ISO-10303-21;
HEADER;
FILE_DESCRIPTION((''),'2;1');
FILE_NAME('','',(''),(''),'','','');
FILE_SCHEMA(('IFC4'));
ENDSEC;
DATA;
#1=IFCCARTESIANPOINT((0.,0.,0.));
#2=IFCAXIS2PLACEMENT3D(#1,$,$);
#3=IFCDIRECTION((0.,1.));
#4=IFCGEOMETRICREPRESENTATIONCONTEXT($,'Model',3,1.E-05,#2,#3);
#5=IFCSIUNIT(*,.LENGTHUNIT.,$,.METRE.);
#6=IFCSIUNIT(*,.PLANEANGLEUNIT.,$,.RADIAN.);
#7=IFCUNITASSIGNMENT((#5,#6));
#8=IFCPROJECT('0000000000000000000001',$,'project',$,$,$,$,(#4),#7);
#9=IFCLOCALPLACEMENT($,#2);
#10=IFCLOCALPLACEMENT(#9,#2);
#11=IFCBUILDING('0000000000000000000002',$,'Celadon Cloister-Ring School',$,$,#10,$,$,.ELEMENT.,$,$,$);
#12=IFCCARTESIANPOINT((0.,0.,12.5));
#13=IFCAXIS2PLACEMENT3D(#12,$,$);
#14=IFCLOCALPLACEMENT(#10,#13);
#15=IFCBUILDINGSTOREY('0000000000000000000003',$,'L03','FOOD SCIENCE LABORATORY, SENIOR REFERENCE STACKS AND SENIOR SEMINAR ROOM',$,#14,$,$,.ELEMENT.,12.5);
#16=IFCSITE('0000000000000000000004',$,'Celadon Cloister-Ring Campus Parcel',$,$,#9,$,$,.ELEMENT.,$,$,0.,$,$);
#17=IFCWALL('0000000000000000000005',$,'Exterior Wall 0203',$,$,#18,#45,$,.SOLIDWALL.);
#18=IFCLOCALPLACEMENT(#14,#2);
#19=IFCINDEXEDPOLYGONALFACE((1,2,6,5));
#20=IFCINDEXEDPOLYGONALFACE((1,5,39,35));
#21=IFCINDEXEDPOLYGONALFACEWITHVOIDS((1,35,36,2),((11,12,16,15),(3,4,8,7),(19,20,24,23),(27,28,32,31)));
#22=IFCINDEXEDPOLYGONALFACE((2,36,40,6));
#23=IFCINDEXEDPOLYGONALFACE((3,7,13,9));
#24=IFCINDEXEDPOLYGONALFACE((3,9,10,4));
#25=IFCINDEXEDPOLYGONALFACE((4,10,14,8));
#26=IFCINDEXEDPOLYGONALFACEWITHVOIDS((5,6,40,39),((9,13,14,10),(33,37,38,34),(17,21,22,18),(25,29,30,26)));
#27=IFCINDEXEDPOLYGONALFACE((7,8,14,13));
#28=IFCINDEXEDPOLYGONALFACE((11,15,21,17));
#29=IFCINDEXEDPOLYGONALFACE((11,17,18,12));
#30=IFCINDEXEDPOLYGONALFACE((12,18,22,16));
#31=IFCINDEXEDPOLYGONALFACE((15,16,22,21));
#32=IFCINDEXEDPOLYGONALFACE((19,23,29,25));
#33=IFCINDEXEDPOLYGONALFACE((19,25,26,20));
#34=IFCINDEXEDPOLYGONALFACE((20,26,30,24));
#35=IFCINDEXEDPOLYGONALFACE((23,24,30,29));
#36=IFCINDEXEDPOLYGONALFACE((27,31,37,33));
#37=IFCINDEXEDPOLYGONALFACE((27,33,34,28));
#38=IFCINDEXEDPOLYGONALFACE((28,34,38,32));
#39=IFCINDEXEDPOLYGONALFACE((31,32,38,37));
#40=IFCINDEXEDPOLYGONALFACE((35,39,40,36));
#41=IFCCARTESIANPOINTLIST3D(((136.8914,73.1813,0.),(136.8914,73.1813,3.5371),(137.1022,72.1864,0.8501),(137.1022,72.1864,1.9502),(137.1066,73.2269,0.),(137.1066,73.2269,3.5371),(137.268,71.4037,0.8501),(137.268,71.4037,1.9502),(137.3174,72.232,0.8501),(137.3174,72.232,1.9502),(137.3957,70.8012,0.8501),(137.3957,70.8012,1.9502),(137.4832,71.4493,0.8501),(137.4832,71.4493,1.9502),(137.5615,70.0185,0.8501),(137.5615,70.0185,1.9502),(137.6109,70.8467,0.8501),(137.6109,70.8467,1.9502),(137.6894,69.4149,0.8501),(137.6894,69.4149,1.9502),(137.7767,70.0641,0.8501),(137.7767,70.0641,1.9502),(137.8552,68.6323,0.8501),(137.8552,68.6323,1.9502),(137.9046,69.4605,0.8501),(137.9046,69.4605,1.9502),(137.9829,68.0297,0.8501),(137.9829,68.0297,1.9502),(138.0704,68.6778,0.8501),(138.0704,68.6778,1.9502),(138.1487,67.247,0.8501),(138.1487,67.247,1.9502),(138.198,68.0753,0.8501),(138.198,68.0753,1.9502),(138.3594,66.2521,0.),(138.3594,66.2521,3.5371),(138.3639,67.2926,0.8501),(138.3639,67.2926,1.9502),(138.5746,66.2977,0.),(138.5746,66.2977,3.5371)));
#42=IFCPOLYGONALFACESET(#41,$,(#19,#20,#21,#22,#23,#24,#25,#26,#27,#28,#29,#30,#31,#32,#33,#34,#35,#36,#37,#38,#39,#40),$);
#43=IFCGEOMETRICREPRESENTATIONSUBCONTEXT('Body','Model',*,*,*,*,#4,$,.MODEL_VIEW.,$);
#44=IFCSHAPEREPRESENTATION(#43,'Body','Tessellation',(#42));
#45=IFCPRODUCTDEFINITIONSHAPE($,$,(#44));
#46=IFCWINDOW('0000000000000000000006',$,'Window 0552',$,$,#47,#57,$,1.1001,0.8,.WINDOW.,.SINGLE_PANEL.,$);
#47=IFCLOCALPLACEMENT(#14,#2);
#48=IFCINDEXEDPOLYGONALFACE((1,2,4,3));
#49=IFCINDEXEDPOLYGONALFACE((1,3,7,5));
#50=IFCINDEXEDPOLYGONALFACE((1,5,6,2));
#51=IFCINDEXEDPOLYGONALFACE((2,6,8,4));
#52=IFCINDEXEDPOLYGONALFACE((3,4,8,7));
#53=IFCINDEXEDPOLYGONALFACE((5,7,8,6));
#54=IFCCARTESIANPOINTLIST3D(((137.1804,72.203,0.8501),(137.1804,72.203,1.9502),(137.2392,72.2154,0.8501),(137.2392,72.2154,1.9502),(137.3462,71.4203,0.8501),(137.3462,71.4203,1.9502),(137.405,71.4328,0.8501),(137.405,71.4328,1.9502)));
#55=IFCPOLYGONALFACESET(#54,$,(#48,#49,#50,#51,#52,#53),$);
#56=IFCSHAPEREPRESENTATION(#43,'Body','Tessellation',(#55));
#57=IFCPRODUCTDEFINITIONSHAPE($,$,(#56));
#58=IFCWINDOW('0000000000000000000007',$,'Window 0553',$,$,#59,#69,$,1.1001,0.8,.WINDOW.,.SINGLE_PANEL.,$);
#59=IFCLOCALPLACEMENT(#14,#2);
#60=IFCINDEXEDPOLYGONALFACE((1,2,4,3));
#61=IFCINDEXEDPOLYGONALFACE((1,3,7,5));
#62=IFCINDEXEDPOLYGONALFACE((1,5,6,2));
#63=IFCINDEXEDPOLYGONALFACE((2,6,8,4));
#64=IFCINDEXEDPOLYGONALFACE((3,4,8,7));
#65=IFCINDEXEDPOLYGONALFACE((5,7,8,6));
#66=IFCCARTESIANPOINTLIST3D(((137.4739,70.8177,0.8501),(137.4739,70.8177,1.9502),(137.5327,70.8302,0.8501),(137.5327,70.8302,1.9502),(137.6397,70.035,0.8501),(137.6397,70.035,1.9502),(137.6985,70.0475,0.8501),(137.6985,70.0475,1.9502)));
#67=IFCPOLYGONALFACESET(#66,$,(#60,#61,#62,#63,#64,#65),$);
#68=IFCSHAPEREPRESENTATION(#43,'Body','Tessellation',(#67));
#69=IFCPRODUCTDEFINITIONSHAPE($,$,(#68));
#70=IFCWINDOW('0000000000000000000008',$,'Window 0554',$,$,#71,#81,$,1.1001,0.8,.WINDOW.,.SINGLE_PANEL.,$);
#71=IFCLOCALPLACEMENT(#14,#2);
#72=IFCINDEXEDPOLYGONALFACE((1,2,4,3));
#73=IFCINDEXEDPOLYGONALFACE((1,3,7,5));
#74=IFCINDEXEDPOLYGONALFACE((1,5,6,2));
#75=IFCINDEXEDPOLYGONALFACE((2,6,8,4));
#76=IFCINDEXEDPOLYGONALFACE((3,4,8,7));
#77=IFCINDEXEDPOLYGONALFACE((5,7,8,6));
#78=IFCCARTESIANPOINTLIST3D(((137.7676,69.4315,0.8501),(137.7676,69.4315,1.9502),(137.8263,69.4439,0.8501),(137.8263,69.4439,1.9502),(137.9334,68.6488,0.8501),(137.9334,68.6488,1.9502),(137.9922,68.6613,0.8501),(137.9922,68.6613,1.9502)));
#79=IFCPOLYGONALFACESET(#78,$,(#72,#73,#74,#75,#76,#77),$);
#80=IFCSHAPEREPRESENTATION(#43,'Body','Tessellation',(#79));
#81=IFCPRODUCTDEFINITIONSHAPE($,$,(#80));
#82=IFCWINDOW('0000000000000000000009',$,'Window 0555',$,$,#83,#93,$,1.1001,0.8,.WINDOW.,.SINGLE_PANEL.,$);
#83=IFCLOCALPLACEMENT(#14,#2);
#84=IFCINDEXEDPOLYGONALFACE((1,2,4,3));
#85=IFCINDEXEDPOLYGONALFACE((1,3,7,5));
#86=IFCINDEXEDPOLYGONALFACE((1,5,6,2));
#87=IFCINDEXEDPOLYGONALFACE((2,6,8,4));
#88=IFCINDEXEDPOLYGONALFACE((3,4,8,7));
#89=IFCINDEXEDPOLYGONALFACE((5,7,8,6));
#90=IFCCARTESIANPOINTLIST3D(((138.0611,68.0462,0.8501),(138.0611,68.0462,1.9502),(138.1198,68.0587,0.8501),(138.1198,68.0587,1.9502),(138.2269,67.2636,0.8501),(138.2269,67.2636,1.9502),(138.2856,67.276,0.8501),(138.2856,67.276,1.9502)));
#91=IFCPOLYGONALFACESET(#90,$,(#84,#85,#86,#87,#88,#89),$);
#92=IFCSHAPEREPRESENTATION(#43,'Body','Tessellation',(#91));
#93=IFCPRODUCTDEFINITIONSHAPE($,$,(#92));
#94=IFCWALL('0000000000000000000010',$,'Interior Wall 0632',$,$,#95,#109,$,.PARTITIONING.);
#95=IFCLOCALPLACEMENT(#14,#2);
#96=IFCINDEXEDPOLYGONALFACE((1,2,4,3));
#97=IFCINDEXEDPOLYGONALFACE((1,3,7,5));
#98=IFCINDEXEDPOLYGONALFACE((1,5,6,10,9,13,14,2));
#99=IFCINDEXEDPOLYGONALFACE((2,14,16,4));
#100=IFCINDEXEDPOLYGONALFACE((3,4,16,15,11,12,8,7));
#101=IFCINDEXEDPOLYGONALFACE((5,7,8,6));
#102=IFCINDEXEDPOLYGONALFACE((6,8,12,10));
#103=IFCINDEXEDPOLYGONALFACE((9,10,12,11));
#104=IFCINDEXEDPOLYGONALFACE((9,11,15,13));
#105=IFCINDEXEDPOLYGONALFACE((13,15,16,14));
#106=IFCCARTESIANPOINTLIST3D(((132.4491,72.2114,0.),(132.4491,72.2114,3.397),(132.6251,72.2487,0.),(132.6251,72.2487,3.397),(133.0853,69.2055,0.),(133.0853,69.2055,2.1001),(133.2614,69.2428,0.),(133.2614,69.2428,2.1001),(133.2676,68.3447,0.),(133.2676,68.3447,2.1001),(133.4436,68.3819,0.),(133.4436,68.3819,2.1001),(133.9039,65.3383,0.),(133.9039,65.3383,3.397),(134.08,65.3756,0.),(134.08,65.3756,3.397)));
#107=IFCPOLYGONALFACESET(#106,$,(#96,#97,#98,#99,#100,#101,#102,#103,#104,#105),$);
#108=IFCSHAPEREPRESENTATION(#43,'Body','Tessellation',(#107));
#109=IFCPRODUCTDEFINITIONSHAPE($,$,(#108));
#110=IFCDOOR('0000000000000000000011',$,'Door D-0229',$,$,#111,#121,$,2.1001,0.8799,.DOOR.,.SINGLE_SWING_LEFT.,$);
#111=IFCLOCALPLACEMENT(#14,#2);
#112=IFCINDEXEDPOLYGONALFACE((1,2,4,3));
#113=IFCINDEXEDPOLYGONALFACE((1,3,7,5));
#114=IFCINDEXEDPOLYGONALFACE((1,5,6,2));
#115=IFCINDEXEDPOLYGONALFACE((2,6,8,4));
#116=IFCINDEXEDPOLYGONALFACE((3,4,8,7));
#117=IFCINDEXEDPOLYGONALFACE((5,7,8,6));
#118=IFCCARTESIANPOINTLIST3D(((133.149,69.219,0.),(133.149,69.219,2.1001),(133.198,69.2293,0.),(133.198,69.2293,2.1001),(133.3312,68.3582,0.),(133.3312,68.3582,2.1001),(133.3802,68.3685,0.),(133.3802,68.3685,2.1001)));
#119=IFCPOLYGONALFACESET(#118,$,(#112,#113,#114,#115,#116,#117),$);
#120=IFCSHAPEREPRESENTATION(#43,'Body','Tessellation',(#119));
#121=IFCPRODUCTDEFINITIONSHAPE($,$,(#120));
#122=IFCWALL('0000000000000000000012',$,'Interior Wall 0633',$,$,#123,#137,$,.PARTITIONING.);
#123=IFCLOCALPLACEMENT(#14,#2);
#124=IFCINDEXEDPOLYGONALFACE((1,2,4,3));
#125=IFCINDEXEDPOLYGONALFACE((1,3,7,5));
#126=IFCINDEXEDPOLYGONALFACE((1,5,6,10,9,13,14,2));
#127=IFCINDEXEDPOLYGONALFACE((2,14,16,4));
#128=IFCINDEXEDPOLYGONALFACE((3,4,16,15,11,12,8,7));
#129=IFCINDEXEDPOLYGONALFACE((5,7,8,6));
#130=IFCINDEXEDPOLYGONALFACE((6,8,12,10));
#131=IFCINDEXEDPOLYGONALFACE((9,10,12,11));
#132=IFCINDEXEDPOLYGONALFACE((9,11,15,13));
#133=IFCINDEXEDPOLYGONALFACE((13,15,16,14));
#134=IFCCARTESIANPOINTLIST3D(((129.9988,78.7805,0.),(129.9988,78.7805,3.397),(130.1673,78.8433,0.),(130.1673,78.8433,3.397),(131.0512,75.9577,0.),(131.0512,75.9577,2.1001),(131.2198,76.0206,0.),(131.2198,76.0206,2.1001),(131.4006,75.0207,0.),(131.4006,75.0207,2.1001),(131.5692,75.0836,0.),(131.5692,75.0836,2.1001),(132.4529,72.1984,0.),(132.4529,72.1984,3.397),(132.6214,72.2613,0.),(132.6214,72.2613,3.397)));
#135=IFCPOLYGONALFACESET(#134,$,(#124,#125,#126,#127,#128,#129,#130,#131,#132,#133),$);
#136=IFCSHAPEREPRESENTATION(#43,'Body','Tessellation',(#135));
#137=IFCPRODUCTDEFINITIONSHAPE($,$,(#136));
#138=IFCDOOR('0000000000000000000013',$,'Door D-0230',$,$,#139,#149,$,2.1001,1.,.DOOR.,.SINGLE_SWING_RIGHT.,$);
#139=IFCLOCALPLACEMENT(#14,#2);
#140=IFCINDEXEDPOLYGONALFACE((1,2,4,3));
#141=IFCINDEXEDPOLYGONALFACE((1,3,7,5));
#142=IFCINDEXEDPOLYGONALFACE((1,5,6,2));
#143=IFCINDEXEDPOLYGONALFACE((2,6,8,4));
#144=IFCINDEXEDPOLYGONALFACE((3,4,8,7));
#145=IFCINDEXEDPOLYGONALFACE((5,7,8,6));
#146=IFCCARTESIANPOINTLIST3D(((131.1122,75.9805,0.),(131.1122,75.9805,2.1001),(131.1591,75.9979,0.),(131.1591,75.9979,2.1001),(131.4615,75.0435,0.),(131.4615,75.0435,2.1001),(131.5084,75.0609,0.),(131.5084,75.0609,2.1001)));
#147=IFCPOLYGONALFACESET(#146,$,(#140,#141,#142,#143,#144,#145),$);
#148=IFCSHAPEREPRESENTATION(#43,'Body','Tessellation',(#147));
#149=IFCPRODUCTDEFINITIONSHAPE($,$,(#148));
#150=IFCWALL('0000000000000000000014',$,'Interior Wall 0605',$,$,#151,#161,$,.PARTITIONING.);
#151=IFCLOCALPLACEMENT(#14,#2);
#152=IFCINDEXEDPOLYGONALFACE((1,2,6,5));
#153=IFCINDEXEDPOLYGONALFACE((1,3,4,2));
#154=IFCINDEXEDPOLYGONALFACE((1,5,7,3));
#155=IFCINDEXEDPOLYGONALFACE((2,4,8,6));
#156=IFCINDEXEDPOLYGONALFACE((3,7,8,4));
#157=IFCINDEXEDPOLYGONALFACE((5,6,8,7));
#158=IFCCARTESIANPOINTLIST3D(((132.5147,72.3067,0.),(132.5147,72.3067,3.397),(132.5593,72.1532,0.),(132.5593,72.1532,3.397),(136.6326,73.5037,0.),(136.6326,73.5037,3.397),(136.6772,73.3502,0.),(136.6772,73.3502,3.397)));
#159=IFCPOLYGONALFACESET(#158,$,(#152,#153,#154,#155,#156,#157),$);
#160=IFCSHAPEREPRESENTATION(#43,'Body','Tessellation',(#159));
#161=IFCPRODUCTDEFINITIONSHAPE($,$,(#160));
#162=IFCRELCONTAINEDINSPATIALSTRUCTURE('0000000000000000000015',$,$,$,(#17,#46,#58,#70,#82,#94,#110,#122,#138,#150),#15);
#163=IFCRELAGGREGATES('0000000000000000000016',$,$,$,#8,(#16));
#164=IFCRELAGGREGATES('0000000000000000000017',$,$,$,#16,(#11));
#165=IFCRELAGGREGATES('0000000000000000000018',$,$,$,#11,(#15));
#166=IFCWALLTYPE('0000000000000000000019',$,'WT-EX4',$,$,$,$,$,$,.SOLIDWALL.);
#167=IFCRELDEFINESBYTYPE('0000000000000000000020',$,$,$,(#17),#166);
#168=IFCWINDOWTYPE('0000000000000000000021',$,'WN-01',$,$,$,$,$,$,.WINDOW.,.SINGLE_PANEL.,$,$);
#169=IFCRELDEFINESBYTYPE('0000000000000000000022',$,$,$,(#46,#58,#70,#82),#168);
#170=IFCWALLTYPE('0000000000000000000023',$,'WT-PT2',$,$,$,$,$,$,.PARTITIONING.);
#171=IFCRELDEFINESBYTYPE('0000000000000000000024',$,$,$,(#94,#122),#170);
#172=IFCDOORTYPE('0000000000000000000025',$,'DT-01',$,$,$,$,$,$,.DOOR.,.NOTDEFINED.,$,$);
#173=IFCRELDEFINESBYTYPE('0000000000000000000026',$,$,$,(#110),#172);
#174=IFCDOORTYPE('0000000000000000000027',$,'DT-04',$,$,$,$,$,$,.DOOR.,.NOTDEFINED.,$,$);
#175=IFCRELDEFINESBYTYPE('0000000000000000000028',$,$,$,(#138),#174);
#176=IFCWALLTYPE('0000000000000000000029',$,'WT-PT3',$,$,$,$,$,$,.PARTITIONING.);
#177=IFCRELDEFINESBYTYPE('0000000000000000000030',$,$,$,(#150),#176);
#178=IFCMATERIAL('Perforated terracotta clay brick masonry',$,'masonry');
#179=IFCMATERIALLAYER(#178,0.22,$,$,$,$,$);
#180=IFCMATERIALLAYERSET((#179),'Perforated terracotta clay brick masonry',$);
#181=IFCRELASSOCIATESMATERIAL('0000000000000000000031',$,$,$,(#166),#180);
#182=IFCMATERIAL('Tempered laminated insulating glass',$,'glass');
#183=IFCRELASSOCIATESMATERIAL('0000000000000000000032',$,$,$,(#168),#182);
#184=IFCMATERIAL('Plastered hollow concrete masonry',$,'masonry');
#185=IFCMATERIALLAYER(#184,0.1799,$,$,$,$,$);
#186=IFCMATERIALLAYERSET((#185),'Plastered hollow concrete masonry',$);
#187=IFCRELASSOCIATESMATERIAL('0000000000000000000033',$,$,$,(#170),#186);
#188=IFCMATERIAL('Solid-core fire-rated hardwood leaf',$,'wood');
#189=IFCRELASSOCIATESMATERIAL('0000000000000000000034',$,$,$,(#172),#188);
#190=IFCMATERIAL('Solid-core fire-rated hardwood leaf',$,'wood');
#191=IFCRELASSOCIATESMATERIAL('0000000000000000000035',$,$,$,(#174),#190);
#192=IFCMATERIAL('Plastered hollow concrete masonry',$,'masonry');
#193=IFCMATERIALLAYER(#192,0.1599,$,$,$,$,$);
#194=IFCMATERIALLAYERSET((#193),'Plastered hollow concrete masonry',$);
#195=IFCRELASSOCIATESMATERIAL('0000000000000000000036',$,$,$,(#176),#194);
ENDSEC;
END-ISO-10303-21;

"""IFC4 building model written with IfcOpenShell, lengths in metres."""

from ifc_helpers import new_model, si_unit, direction, frame, frame_2d, origin, place, context, subcontext, project, spatial, rectangle, extrude, material, layer, layer_set, type_object, element, fill, save


model = new_model("IFC4")

# Units and contexts
model_context = context("Model", 3, precision=1e-05, world=origin(), true_north=direction((0.0, 1.0)))
body_context = subcontext(model_context, "Body", "Model", "MODEL_VIEW")
ifc_project = project(units=[si_unit("LENGTHUNIT", "METRE"), si_unit("PLANEANGLEUNIT", "RADIAN")], contexts=[model_context])

# Site, building, storey
site_placement = place(None, origin())
site = spatial("IfcSite", under=ifc_project, at=site_placement, Name="Celadon Cloister-Ring Campus Parcel", CompositionType="ELEMENT", RefElevation=0.0)
building_placement = place(site_placement, origin())
building = spatial("IfcBuilding", under=site, at=building_placement, Name="Celadon Cloister-Ring School", CompositionType="ELEMENT")
storey_placement = place(building_placement, frame((0.0, 0.0, 12.5)))
storey = spatial("IfcBuildingStorey", under=building, at=storey_placement, Name="L03", Description="FOOD SCIENCE LABORATORY, SENIOR REFERENCE STACKS AND SENIOR SEMINAR ROOM", CompositionType="ELEMENT", Elevation=12.5)

# Wall, openings, windows
ifc_material_1 = material(Name="Perforated terracotta clay brick masonry", Category="masonry")
ifc_layer_1 = layer(ifc_material_1, 0.22)
ifc_layer_set_1 = layer_set([ifc_layer_1], Name="Perforated terracotta clay brick masonry")
wall_type_1 = type_object("IfcWallType", Name="WT-EX4", PredefinedType="SOLIDWALL", material=ifc_layer_set_1)
wall_1_placement = place(storey_placement, frame((136.999, 73.2041, 0.0), z_axis=(0.0, 0.0, 1.0), x_axis=(0.207259, -0.978286, 0.0)))
wall_1 = element("IfcWall", 1, at=wall_1_placement, inside=storey, type_object=wall_type_1, Name="Exterior Wall 0203", PredefinedType="SOLIDWALL", context=body_context, shape_type="SweptSolid", body=[
    extrude(rectangle(XDim=7.083, YDim=0.22, at=frame_2d((3.5415, 0.0))), origin(), (0.0, 0.0, 1.0), 3.5371),
])
opening_1_placement = place(wall_1_placement, frame((1.0171, 0.0, 0.8501)))
opening_1 = element("IfcOpeningElement", 2, at=opening_1_placement, cuts=wall_1, PredefinedType="OPENING", context=body_context, shape_type="SweptSolid", body=[
    extrude(rectangle(XDim=0.8, YDim=1.1001, at=frame_2d((0.3999, 0.55))), frame((0.0, 0.1201, 0.0), z_axis=(0.0, -1.0, 0.0), x_axis=(1.0, 0.0, 0.0)), (0.0, 0.0, 1.0), 0.24),
])
opening_2_placement = place(wall_1_placement, frame((2.4331, 0.0, 0.8501)))
opening_2 = element("IfcOpeningElement", 3, at=opening_2_placement, cuts=wall_1, PredefinedType="OPENING", context=body_context, shape_type="SweptSolid", body=[
    extrude(rectangle(XDim=0.8, YDim=1.1001, at=frame_2d((0.3999, 0.55))), frame((0.0, 0.1201, 0.0), z_axis=(0.0, -1.0, 0.0), x_axis=(1.0, 0.0, 0.0)), (0.0, 0.0, 1.0), 0.24),
])
opening_3_placement = place(wall_1_placement, frame((3.8501, 0.0, 0.8501)))
opening_3 = element("IfcOpeningElement", 4, at=opening_3_placement, cuts=wall_1, PredefinedType="OPENING", context=body_context, shape_type="SweptSolid", body=[
    extrude(rectangle(XDim=0.8, YDim=1.1001, at=frame_2d((0.3999, 0.55))), frame((0.0, 0.1201, 0.0), z_axis=(0.0, -1.0, 0.0), x_axis=(1.0, 0.0, 0.0)), (0.0, 0.0, 1.0), 0.24),
])
opening_4_placement = place(wall_1_placement, frame((5.2661, 0.0, 0.8501)))
opening_4 = element("IfcOpeningElement", 5, at=opening_4_placement, cuts=wall_1, PredefinedType="OPENING", context=body_context, shape_type="SweptSolid", body=[
    extrude(rectangle(XDim=0.8, YDim=1.1001, at=frame_2d((0.3999, 0.55))), frame((0.0, 0.1201, 0.0), z_axis=(0.0, -1.0, 0.0), x_axis=(1.0, 0.0, 0.0)), (0.0, 0.0, 1.0), 0.24),
])
ifc_material_2 = material(Name="Tempered laminated insulating glass", Category="glass")
window_type = type_object("IfcWindowType", Name="WN-01", PartitioningType="SINGLE_PANEL", PredefinedType="WINDOW", material=ifc_material_2)
window_1_placement = place(opening_1_placement, origin())
window_1 = element("IfcWindow", 6, at=window_1_placement, inside=storey, type_object=window_type, Name="Window 0552", OverallHeight=1.1001, OverallWidth=0.8, PartitioningType="SINGLE_PANEL", PredefinedType="WINDOW", context=body_context, shape_type="SweptSolid", body=[
    extrude(rectangle(XDim=0.8, YDim=1.1001, at=frame_2d((0.3999, 0.55))), frame((0.0, 0.03, 0.0), z_axis=(0.0, -1.0, 0.0), x_axis=(1.0, 0.0, 0.0)), (0.0, 0.0, 1.0), 0.0601),
])
fill(opening_1, window_1)
window_2_placement = place(opening_2_placement, origin())
window_2 = element("IfcWindow", 7, at=window_2_placement, inside=storey, type_object=window_type, Name="Window 0553", OverallHeight=1.1001, OverallWidth=0.8, PartitioningType="SINGLE_PANEL", PredefinedType="WINDOW", context=body_context, shape_type="SweptSolid", body=[
    extrude(rectangle(XDim=0.8, YDim=1.1001, at=frame_2d((0.3999, 0.55))), frame((0.0, 0.03, 0.0), z_axis=(0.0, -1.0, 0.0), x_axis=(1.0, 0.0, 0.0)), (0.0, 0.0, 1.0), 0.0601),
])
fill(opening_2, window_2)
window_3_placement = place(opening_3_placement, origin())
window_3 = element("IfcWindow", 8, at=window_3_placement, inside=storey, type_object=window_type, Name="Window 0554", OverallHeight=1.1001, OverallWidth=0.8, PartitioningType="SINGLE_PANEL", PredefinedType="WINDOW", context=body_context, shape_type="SweptSolid", body=[
    extrude(rectangle(XDim=0.8, YDim=1.1001, at=frame_2d((0.3999, 0.55))), frame((0.0, 0.03, 0.0), z_axis=(0.0, -1.0, 0.0), x_axis=(1.0, 0.0, 0.0)), (0.0, 0.0, 1.0), 0.0601),
])
fill(opening_3, window_3)
window_4_placement = place(opening_4_placement, origin())
window_4 = element("IfcWindow", 9, at=window_4_placement, inside=storey, type_object=window_type, Name="Window 0555", OverallHeight=1.1001, OverallWidth=0.8, PartitioningType="SINGLE_PANEL", PredefinedType="WINDOW", context=body_context, shape_type="SweptSolid", body=[
    extrude(rectangle(XDim=0.8, YDim=1.1001, at=frame_2d((0.3999, 0.55))), frame((0.0, 0.03, 0.0), z_axis=(0.0, -1.0, 0.0), x_axis=(1.0, 0.0, 0.0)), (0.0, 0.0, 1.0), 0.0601),
])
fill(opening_4, window_4)

# Walls, openings, doors
ifc_material_3 = material(Name="Plastered hollow concrete masonry", Category="masonry")
ifc_layer_2 = layer(ifc_material_3, 0.1799)
ifc_layer_set_2 = layer_set([ifc_layer_2], Name="Plastered hollow concrete masonry")
wall_type_2 = type_object("IfcWallType", Name="WT-PT2", PredefinedType="PARTITIONING", material=ifc_layer_set_2)
wall_2_placement = place(storey_placement, frame((133.9919, 65.3569, 0.0), z_axis=(0.0, 0.0, 1.0), x_axis=(-0.207084, 0.978323, 0.0)))
wall_2 = element("IfcWall", 10, at=wall_2_placement, inside=storey, type_object=wall_type_2, Name="Interior Wall 0632", PredefinedType="PARTITIONING", context=body_context, shape_type="SweptSolid", body=[
    extrude(rectangle(XDim=7.0254, YDim=0.1799, at=frame_2d((3.5127, 0.0))), origin(), (0.0, 0.0, 1.0), 3.397),
])
opening_5_placement = place(wall_2_placement, frame((3.073, 0.0, 0.0)))
opening_5 = element("IfcOpeningElement", 11, at=opening_5_placement, cuts=wall_2, PredefinedType="OPENING", context=body_context, shape_type="SweptSolid", body=[
    extrude(rectangle(XDim=0.8799, YDim=2.1001, at=frame_2d((0.4399, 1.05))), frame((0.0, 0.1001, 0.0), z_axis=(0.0, -1.0, 0.0), x_axis=(1.0, 0.0, 0.0)), (0.0, 0.0, 1.0), 0.2),
])
ifc_material_4 = material(Name="Solid-core fire-rated hardwood leaf", Category="wood")
door_type_1 = type_object("IfcDoorType", Name="DT-01", OperationType="NOTDEFINED", PredefinedType="DOOR", material=ifc_material_4)
door_1_placement = place(opening_5_placement, origin())
door_1 = element("IfcDoor", 12, at=door_1_placement, inside=storey, type_object=door_type_1, Name="Door D-0229", OperationType="SINGLE_SWING_LEFT", OverallHeight=2.1001, OverallWidth=0.8799, PredefinedType="DOOR", context=body_context, shape_type="SweptSolid", body=[
    extrude(rectangle(XDim=0.8799, YDim=2.1001, at=frame_2d((0.4399, 1.05))), frame((0.0, 0.0249, 0.0), z_axis=(0.0, -1.0, 0.0), x_axis=(1.0, 0.0, 0.0)), (0.0, 0.0, 1.0), 0.05),
])
fill(opening_5, door_1)
wall_3_placement = place(storey_placement, frame((132.5371, 72.23, 0.0), z_axis=(0.0, 0.0, 1.0), x_axis=(-0.349356, 0.93699, 0.0)))
wall_3 = element("IfcWall", 13, at=wall_3_placement, inside=storey, type_object=wall_type_2, Name="Interior Wall 0633", PredefinedType="PARTITIONING", context=body_context, shape_type="SweptSolid", body=[
    extrude(rectangle(XDim=7.0247, YDim=0.1799, at=frame_2d((3.5122, 0.0))), origin(), (0.0, 0.0, 1.0), 3.397),
])
opening_6_placement = place(wall_3_placement, frame((3.012, 0.0, 0.0)))
opening_6 = element("IfcOpeningElement", 14, at=opening_6_placement, cuts=wall_3, PredefinedType="OPENING", context=body_context, shape_type="SweptSolid", body=[
    extrude(rectangle(XDim=1.0, YDim=2.1001, at=frame_2d((0.5, 1.05))), frame((0.0, 0.1001, 0.0), z_axis=(0.0, -1.0, 0.0), x_axis=(1.0, 0.0, 0.0)), (0.0, 0.0, 1.0), 0.2),
])
ifc_material_5 = material(Name="Solid-core fire-rated hardwood leaf", Category="wood")
door_type_2 = type_object("IfcDoorType", Name="DT-04", OperationType="NOTDEFINED", PredefinedType="DOOR", material=ifc_material_5)
door_2_placement = place(opening_6_placement, origin())
door_2 = element("IfcDoor", 15, at=door_2_placement, inside=storey, type_object=door_type_2, Name="Door D-0230", OperationType="SINGLE_SWING_RIGHT", OverallHeight=2.1001, OverallWidth=1.0, PredefinedType="DOOR", context=body_context, shape_type="SweptSolid", body=[
    extrude(rectangle(XDim=1.0, YDim=2.1001, at=frame_2d((0.5, 1.05))), frame((0.0, 0.0249, 0.0), z_axis=(0.0, -1.0, 0.0), x_axis=(1.0, 0.0, 0.0)), (0.0, 0.0, 1.0), 0.05),
])
fill(opening_6, door_2)

# Wall
ifc_material_6 = material(Name="Plastered hollow concrete masonry", Category="masonry")
ifc_layer_3 = layer(ifc_material_6, 0.1599)
ifc_layer_set_3 = layer_set([ifc_layer_3], Name="Plastered hollow concrete masonry")
wall_type_3 = type_object("IfcWallType", Name="WT-PT3", PredefinedType="PARTITIONING", material=ifc_layer_set_3)
wall_4_placement = place(storey_placement, frame((132.5371, 72.23, 0.0), z_axis=(0.0, 0.0, 1.0), x_axis=(0.960253, 0.279132, 0.0)))
element("IfcWall", 16, at=wall_4_placement, inside=storey, type_object=wall_type_3, Name="Interior Wall 0605", PredefinedType="PARTITIONING", context=body_context, shape_type="SweptSolid", body=[
    extrude(rectangle(XDim=4.2883, YDim=0.1599, at=frame_2d((2.144, 0.0))), origin(), (0.0, 0.0, 1.0), 3.397),
])

save(model, "model.ifc")
